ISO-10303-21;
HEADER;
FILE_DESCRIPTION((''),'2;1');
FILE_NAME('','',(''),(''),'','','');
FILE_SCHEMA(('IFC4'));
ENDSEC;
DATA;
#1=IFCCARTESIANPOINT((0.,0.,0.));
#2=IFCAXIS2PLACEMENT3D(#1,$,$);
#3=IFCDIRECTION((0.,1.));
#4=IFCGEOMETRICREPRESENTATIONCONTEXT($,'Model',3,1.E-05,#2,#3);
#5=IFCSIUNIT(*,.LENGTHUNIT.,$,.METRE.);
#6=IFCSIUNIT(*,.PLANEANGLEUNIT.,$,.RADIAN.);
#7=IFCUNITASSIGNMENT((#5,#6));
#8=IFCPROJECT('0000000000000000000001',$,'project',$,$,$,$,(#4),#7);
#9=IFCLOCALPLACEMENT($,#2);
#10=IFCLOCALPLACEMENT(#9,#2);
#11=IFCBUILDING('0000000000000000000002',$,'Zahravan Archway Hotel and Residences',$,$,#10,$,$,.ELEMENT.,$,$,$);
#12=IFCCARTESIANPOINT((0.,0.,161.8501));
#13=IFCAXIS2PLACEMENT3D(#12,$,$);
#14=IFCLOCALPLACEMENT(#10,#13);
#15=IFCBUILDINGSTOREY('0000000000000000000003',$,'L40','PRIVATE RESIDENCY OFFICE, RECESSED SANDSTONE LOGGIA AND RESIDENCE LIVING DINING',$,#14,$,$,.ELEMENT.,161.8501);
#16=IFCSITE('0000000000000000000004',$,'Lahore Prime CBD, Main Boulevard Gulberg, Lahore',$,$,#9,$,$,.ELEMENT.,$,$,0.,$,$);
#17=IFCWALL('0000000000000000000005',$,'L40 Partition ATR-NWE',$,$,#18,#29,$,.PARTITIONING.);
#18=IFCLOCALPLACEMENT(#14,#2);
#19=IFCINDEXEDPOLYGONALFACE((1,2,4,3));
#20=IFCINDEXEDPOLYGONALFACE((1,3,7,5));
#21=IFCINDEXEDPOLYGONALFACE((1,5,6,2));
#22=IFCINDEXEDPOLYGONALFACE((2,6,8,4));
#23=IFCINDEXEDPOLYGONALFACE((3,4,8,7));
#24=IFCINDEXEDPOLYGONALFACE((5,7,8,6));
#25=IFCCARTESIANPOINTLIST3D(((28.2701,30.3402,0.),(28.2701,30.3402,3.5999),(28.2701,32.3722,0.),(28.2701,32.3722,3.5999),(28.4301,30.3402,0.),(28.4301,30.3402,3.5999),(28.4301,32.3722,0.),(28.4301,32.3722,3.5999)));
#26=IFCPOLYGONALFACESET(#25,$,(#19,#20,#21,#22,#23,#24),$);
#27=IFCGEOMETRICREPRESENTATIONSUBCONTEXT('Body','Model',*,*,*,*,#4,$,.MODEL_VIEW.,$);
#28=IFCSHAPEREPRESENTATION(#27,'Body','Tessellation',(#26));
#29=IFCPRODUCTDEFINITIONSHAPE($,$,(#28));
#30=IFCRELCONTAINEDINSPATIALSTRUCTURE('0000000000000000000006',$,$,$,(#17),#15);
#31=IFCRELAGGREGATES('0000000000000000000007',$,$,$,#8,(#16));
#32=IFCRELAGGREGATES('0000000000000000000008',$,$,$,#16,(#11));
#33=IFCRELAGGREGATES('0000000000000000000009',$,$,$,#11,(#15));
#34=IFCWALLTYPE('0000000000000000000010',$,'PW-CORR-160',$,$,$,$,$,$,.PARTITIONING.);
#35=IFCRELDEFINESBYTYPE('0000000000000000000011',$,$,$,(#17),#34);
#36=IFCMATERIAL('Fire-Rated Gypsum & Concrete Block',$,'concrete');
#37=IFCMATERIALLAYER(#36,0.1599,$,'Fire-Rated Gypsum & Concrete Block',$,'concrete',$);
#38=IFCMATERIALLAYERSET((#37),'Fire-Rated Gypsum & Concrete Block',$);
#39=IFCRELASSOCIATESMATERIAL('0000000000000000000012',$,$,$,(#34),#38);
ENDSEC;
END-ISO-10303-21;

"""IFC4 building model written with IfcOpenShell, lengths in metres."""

from ifc_helpers import new_model, si_unit, direction, frame, frame_2d, origin, place, context, subcontext, project, spatial, rectangle, extrude, material, layer, layer_set, type_object, element, save


model = new_model("IFC4")

# Units and contexts
model_context = context("Model", 3, precision=1e-05, world=origin(), true_north=direction((0.0, 1.0)))
body_context = subcontext(model_context, "Body", "Model", "MODEL_VIEW")
ifc_project = project(units=[si_unit("LENGTHUNIT", "METRE"), si_unit("PLANEANGLEUNIT", "RADIAN")], contexts=[model_context])

# Site, building, storey
site_placement = place(None, origin())
site = spatial("IfcSite", under=ifc_project, at=site_placement, Name="Lahore Prime CBD, Main Boulevard Gulberg, Lahore", CompositionType="ELEMENT", RefElevation=0.0)
building_placement = place(site_placement, origin())
building = spatial("IfcBuilding", under=site, at=building_placement, Name="Zahravan Archway Hotel and Residences", CompositionType="ELEMENT")
storey_placement = place(building_placement, frame((0.0, 0.0, 161.8501)))
storey = spatial("IfcBuildingStorey", under=building, at=storey_placement, Name="L40", Description="PRIVATE RESIDENCY OFFICE, RECESSED SANDSTONE LOGGIA AND RESIDENCE LIVING DINING", CompositionType="ELEMENT", Elevation=161.8501)

# Wall
ifc_material_1 = material(Name="Fire-Rated Gypsum & Concrete Block", Category="concrete")
ifc_layer_1 = layer(ifc_material_1, 0.1599, Name="Fire-Rated Gypsum & Concrete Block", Category="concrete")
ifc_layer_set_1 = layer_set([ifc_layer_1], Name="Fire-Rated Gypsum & Concrete Block")
wall_type = type_object("IfcWallType", Name="PW-CORR-160", PredefinedType="PARTITIONING", material=ifc_layer_set_1)
wall_placement = place(storey_placement, frame((28.3501, 30.3401, 0.0), z_axis=(0.0, 0.0, 1.0), x_axis=(0.0, 1.0, 0.0)))
element("IfcWall", 1, at=wall_placement, inside=storey, type_object=wall_type, Name="L40 Partition ATR-NWE", PredefinedType="PARTITIONING", context=body_context, shape_type="SweptSolid", body=[
    extrude(rectangle(XDim=2.032, YDim=0.1599, at=frame_2d((1.0161, 0.0))), origin(), (0.0, 0.0, 1.0), 3.5999),
])

save(model, "model.ifc")
